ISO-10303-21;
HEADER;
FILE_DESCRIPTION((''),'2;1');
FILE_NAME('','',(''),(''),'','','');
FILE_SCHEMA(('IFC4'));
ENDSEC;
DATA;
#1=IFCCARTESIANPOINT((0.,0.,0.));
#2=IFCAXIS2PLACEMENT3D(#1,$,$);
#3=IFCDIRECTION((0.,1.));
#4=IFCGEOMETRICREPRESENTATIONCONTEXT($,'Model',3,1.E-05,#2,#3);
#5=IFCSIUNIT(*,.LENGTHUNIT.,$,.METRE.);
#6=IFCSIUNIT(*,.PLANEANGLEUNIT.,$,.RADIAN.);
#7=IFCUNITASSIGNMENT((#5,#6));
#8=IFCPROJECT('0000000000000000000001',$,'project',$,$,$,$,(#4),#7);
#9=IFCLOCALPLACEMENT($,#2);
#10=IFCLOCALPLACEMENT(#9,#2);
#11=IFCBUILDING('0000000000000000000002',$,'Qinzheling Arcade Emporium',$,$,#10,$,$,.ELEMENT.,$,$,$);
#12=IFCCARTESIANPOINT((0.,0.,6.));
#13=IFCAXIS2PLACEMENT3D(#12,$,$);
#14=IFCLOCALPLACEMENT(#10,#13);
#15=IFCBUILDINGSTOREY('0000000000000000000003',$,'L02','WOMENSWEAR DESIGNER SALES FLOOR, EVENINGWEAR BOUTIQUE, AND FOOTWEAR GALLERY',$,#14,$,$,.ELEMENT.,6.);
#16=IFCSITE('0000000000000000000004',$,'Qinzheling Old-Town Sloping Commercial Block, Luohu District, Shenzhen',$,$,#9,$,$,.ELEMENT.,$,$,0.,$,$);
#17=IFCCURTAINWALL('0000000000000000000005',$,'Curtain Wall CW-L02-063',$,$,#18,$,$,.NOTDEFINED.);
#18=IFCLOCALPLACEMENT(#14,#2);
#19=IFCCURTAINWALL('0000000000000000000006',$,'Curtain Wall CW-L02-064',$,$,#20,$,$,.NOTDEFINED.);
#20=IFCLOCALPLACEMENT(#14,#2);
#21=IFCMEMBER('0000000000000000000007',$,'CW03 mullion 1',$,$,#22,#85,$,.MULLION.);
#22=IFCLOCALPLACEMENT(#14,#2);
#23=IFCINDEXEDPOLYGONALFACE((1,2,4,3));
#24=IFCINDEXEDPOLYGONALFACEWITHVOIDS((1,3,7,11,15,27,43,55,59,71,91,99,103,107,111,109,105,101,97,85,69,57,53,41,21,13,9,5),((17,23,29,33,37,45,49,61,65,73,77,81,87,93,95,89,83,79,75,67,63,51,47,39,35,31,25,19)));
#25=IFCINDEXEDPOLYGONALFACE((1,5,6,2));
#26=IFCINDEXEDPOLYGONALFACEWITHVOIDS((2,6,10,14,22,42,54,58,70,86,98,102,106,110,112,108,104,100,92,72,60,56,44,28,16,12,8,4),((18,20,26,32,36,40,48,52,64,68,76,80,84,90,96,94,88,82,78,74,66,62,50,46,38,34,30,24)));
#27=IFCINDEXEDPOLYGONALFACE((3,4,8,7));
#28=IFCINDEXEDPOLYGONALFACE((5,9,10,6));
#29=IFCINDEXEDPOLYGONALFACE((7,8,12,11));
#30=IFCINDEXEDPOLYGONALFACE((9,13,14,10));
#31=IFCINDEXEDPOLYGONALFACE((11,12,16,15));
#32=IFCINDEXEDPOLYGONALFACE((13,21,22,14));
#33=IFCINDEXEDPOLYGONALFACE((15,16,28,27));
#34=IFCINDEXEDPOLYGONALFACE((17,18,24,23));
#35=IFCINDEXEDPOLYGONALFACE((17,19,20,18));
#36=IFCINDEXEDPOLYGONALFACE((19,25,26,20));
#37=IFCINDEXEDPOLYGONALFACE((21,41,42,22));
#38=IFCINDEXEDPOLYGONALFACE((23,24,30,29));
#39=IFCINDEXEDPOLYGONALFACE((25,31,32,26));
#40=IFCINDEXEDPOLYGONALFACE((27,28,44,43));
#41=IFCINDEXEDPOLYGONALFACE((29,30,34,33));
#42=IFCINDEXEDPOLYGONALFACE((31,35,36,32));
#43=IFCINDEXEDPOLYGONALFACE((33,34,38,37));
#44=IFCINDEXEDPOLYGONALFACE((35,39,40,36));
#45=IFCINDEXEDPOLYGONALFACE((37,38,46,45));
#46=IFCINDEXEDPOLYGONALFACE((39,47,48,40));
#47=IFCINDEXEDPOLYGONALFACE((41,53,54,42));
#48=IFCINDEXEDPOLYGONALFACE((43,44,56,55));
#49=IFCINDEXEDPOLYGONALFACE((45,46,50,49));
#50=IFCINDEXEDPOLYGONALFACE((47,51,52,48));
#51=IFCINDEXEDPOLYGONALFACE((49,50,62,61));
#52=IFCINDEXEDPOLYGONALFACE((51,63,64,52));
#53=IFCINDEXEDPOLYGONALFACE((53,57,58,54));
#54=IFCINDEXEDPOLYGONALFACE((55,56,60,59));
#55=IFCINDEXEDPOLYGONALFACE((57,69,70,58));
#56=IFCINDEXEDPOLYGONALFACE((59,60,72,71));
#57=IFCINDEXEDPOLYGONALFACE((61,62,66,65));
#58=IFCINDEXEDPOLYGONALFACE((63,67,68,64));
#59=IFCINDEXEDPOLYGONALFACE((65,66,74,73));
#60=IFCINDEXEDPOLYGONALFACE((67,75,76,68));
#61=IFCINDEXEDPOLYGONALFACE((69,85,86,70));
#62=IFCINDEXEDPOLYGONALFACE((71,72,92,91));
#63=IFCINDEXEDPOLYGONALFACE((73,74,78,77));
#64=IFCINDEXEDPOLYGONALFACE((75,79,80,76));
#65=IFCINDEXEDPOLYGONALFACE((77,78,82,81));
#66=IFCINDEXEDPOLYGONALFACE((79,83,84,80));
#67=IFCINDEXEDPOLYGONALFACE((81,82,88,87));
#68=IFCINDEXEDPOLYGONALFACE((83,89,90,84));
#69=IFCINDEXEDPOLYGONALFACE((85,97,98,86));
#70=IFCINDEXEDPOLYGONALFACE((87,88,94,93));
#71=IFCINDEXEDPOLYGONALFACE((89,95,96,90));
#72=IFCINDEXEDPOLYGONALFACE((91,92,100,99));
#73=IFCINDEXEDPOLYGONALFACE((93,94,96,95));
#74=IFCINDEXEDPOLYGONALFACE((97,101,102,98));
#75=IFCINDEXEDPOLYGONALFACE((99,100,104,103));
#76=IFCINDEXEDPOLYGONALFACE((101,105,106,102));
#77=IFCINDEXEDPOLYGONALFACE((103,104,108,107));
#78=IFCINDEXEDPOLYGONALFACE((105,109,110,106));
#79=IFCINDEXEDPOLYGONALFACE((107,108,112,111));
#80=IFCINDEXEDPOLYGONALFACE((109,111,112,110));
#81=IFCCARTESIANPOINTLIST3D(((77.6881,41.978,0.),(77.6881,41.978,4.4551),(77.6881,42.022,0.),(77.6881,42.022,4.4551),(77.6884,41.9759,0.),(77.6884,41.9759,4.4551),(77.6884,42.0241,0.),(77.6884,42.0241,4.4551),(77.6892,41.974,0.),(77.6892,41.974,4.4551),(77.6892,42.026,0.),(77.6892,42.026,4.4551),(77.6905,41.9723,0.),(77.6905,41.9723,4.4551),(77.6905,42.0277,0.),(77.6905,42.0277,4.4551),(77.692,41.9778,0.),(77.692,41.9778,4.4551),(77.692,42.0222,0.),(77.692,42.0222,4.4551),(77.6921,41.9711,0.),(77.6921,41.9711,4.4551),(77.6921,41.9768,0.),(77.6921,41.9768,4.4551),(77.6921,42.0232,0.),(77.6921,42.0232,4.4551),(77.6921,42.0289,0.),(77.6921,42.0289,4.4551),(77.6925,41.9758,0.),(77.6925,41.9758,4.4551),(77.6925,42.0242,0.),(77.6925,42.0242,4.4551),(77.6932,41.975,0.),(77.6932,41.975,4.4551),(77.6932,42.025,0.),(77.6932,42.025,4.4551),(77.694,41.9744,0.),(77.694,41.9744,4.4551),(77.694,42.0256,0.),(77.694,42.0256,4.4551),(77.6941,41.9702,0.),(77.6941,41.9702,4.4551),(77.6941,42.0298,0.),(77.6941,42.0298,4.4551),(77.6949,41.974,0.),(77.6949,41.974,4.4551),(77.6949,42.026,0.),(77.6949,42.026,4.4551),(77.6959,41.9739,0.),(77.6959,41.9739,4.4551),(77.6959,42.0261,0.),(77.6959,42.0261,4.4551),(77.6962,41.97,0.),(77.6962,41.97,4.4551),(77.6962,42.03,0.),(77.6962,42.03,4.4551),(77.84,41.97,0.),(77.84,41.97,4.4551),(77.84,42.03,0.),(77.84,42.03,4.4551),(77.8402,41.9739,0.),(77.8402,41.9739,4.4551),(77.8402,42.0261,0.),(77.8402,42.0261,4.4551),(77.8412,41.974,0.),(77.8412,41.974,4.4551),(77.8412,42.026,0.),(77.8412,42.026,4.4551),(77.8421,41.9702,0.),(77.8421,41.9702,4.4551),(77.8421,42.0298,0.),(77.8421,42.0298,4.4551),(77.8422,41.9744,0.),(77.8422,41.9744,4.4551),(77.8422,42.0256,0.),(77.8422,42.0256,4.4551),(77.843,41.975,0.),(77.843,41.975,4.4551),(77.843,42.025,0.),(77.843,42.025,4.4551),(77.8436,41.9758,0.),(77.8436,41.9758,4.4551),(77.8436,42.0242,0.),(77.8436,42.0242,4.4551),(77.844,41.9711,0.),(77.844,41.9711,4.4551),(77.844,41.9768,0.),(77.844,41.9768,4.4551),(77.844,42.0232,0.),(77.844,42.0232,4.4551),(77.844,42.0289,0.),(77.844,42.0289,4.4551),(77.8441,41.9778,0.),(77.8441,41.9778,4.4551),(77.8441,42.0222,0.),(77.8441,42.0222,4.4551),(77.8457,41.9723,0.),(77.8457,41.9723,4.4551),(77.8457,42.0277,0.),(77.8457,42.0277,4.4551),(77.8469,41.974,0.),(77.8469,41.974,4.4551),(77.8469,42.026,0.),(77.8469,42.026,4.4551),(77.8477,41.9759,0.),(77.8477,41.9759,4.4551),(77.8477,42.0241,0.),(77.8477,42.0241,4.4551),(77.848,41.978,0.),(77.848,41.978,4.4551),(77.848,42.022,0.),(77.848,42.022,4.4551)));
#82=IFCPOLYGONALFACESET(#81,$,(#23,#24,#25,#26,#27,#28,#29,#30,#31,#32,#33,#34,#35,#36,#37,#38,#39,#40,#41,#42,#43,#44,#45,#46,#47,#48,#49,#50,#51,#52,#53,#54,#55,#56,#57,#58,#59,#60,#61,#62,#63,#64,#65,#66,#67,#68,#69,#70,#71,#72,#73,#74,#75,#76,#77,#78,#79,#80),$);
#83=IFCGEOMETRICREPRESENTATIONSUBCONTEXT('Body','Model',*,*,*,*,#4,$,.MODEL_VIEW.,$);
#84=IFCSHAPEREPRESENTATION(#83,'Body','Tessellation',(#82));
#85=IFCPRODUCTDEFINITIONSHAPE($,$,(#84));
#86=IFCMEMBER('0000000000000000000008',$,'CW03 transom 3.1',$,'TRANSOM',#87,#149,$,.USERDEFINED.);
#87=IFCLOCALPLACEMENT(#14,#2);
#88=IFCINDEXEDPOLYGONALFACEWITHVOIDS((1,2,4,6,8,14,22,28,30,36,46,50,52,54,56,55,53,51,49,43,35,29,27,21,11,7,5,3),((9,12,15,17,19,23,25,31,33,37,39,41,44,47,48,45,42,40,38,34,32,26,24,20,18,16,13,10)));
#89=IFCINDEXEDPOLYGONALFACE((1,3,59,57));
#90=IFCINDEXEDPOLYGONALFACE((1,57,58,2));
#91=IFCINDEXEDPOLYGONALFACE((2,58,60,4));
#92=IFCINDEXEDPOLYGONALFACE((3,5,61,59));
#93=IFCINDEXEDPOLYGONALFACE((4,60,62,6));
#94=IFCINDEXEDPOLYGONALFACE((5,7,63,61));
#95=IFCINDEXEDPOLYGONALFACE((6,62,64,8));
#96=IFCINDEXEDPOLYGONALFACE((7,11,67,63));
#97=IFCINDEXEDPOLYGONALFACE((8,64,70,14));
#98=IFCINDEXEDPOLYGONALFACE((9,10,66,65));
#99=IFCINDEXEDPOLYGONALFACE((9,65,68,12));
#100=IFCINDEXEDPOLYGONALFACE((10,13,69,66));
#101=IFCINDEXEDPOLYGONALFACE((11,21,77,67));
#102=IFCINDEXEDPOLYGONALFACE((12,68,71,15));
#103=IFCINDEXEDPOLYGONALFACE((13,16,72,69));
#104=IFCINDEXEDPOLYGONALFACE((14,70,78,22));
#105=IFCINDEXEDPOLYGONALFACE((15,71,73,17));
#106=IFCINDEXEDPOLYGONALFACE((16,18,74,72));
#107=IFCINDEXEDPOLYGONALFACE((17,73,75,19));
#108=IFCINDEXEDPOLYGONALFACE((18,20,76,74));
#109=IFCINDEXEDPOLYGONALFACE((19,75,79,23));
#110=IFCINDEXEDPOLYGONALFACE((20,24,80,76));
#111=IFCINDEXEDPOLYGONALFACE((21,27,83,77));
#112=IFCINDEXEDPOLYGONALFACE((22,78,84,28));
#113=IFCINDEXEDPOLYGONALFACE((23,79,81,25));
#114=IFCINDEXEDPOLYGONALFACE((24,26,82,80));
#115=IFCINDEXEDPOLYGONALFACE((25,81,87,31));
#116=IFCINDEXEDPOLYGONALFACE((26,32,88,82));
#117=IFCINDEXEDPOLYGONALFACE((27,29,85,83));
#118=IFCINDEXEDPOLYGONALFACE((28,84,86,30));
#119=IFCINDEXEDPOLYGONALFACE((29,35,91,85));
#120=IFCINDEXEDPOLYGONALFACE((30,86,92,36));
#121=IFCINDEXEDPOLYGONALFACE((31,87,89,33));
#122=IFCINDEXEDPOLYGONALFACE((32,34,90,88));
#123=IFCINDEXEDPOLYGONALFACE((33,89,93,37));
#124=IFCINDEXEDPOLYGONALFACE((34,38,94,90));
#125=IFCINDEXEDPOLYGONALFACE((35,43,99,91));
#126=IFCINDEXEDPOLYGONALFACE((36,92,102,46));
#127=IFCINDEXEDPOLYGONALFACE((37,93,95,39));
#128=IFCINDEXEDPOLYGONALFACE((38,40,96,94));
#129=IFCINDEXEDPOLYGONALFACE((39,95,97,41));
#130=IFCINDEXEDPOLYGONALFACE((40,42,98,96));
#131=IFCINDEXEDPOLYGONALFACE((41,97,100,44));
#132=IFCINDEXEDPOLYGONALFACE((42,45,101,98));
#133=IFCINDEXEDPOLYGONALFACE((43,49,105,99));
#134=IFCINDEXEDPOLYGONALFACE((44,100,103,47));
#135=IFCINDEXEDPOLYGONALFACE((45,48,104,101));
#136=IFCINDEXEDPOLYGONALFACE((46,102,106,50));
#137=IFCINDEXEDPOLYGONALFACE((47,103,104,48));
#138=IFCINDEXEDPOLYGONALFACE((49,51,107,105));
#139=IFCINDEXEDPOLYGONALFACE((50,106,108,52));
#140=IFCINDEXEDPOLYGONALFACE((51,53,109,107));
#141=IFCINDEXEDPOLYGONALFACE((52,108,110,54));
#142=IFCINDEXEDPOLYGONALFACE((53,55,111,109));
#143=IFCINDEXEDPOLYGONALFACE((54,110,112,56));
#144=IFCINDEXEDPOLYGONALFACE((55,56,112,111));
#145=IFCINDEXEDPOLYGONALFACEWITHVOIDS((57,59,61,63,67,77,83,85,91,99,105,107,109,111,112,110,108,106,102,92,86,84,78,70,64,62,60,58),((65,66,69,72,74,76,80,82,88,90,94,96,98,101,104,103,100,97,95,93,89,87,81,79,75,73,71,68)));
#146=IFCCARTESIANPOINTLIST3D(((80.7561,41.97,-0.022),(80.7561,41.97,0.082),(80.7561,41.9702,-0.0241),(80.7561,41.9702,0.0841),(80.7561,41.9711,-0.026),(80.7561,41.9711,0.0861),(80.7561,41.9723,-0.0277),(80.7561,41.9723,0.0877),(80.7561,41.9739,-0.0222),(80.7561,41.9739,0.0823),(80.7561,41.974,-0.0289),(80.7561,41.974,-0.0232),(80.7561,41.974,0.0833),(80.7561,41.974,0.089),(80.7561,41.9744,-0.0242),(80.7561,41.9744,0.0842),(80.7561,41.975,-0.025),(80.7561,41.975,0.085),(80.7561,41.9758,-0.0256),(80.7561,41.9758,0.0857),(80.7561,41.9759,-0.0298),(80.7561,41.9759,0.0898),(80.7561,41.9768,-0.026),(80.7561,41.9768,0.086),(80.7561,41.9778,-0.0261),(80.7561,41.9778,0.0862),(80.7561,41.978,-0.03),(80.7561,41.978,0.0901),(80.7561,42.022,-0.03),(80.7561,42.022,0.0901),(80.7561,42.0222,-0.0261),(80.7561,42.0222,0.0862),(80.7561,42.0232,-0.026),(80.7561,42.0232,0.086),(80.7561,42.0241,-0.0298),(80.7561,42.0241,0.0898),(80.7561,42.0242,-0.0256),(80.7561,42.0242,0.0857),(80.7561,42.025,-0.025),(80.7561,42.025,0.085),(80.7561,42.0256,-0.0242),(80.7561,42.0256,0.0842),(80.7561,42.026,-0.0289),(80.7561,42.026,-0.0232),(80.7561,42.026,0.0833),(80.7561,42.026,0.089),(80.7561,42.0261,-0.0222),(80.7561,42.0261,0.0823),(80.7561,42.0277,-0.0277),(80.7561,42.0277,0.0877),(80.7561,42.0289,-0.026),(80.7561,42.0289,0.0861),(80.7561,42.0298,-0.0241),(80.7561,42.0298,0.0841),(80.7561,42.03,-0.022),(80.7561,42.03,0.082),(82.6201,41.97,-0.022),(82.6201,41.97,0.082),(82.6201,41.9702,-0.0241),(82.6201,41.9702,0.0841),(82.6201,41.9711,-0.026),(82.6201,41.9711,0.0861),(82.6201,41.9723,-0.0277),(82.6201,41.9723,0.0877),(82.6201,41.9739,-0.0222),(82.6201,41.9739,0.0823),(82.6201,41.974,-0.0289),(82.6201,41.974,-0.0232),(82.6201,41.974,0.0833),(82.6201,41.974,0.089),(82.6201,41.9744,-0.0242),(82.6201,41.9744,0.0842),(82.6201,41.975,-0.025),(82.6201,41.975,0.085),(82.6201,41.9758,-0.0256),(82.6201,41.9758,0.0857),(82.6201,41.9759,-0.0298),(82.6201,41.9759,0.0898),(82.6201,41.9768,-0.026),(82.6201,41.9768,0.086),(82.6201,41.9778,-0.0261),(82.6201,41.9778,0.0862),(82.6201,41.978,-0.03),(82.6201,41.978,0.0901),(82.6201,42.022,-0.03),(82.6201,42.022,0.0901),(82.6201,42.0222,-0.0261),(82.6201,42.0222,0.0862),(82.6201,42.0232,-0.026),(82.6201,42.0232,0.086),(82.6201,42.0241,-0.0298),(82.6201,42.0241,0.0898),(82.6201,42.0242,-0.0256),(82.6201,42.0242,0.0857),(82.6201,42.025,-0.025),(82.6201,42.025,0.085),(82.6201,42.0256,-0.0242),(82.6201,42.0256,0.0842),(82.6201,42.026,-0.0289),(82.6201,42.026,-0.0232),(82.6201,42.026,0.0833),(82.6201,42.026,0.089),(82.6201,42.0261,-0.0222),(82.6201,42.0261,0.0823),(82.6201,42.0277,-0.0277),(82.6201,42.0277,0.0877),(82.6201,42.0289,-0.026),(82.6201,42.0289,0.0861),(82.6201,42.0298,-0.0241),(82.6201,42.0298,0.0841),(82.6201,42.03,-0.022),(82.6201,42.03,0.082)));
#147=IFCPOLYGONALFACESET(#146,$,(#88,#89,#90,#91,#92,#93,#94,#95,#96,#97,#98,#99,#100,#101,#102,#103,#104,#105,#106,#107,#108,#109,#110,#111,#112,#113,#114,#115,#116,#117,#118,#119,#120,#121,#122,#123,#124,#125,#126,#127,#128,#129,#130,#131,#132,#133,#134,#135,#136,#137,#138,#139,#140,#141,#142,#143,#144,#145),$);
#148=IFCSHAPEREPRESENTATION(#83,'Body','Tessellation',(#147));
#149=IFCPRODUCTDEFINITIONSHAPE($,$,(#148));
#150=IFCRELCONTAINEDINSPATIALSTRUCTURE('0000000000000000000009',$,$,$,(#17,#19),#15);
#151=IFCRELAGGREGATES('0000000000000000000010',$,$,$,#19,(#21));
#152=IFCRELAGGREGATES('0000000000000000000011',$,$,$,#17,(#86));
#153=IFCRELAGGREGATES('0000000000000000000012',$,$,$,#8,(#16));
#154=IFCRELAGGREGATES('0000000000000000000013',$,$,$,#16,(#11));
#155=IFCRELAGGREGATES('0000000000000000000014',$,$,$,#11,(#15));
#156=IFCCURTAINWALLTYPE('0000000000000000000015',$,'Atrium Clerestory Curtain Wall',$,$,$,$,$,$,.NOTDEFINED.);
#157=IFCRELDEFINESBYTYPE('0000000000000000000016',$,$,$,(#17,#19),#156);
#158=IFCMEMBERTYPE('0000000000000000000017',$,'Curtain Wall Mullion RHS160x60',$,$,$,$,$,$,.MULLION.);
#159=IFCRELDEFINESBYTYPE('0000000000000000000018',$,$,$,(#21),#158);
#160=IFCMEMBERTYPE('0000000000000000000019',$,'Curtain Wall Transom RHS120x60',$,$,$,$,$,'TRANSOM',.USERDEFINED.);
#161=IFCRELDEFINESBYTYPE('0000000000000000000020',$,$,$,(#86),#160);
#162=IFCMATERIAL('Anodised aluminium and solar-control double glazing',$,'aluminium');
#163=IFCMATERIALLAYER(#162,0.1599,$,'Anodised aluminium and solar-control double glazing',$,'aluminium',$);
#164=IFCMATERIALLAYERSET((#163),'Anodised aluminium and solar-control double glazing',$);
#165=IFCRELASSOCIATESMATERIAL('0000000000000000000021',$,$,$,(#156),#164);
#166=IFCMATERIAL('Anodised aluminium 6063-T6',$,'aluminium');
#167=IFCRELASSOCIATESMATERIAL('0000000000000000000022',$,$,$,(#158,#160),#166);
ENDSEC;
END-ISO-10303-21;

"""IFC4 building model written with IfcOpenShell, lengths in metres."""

from ifc_helpers import new_model, si_unit, direction, frame, origin, origin_2d, place, context, subcontext, project, spatial, hollow_rectangle, extrude, material, layer, layer_set, material_profile, profile_set, type_object, element, aggregate, save


model = new_model("IFC4")

# Units and contexts
model_context = context("Model", 3, precision=1e-05, world=origin(), true_north=direction((0.0, 1.0)))
body_context = subcontext(model_context, "Body", "Model", "MODEL_VIEW")
ifc_project = project(units=[si_unit("LENGTHUNIT", "METRE"), si_unit("PLANEANGLEUNIT", "RADIAN")], contexts=[model_context])

# Site, building, storey
site_placement = place(None, origin())
site = spatial("IfcSite", under=ifc_project, at=site_placement, Name="Qinzheling Old-Town Sloping Commercial Block, Luohu District, Shenzhen", CompositionType="ELEMENT", RefElevation=0.0)
building_placement = place(site_placement, origin())
building = spatial("IfcBuilding", under=site, at=building_placement, Name="Qinzheling Arcade Emporium", CompositionType="ELEMENT")
storey_placement = place(building_placement, frame((0.0, 0.0, 6.0)))
storey = spatial("IfcBuildingStorey", under=building, at=storey_placement, Name="L02", Description="WOMENSWEAR DESIGNER SALES FLOOR, EVENINGWEAR BOUTIQUE, AND FOOTWEAR GALLERY", CompositionType="ELEMENT", Elevation=6.0)

# Curtain wall
ifc_material_1 = material(Name="Anodised aluminium and solar-control double glazing", Category="aluminium")
ifc_layer_1 = layer(ifc_material_1, 0.1599, Name="Anodised aluminium and solar-control double glazing", Category="aluminium")
ifc_layer_set_1 = layer_set([ifc_layer_1], Name="Anodised aluminium and solar-control double glazing")
curtain_wall_type = type_object("IfcCurtainWallType", Name="Atrium Clerestory Curtain Wall", PredefinedType="NOTDEFINED", material=ifc_layer_set_1)
curtain_wall_1_placement = place(storey_placement, origin())
curtain_wall_1 = element("IfcCurtainWall", 1, at=curtain_wall_1_placement, inside=storey, type_object=curtain_wall_type, Name="Curtain Wall CW-L02-063", PredefinedType="NOTDEFINED")
ifc_material_2 = material(Name="Anodised aluminium 6063-T6", Category="aluminium")
ifc_material_profile_1 = material_profile(ifc_material_2, hollow_rectangle(XDim=0.0601, YDim=0.1599, WallThickness=0.0039, InnerFilletRadius=0.0039, OuterFilletRadius=0.0081, at=origin_2d()), Name="RHS 160x60x4", Category="aluminium")
ifc_profile_set_1 = profile_set([ifc_material_profile_1], Name="Anodised aluminium 6063-T6")
member_type_1 = type_object("IfcMemberType", Name="Curtain Wall Mullion RHS160x60", PredefinedType="MULLION", material=ifc_profile_set_1)

# Curtain wall, member
curtain_wall_2_placement = place(storey_placement, origin())
curtain_wall_2 = element("IfcCurtainWall", 2, at=curtain_wall_2_placement, inside=storey, type_object=curtain_wall_type, Name="Curtain Wall CW-L02-064", PredefinedType="NOTDEFINED")
member_1_placement = place(storey_placement, frame((77.7681, 42.0, 0.0), z_axis=(0.0, 0.0, 1.0), x_axis=(0.0, -1.0, 0.0)))
member_1 = element("IfcMember", 3, at=member_1_placement, type_object=member_type_1, Name="CW03 mullion 1", PredefinedType="MULLION", context=body_context, shape_type="SweptSolid", body=[
    extrude(hollow_rectangle(XDim=0.0601, YDim=0.1599, WallThickness=0.0039, InnerFilletRadius=0.0039, OuterFilletRadius=0.0081, at=origin_2d()), origin(), (0.0, 0.0, 1.0), 4.4551),
])

# Member
ifc_material_profile_2 = material_profile(ifc_material_2, hollow_rectangle(XDim=0.0601, YDim=0.1201, WallThickness=0.0039, InnerFilletRadius=0.0039, OuterFilletRadius=0.0081, at=origin_2d()), Name="RHS 120x60x4", Category="aluminium")
ifc_profile_set_2 = profile_set([ifc_material_profile_2], Name="Anodised aluminium 6063-T6")
member_type_2 = type_object("IfcMemberType", Name="Curtain Wall Transom RHS120x60", ElementType="TRANSOM", PredefinedType="USERDEFINED", material=ifc_profile_set_2)
member_2_placement = place(storey_placement, frame((82.6201, 42.0, 0.03), z_axis=(-1.0, 0.0, 0.0), x_axis=(0.0, -1.0, 0.0)))
member_2 = element("IfcMember", 4, at=member_2_placement, type_object=member_type_2, Name="CW03 transom 3.1", ObjectType="TRANSOM", PredefinedType="USERDEFINED", context=body_context, shape_type="SweptSolid", body=[
    extrude(hollow_rectangle(XDim=0.0601, YDim=0.1201, WallThickness=0.0039, InnerFilletRadius=0.0039, OuterFilletRadius=0.0081, at=origin_2d()), origin(), (0.0, 0.0, 1.0), 1.864),
])
aggregate(curtain_wall_2, [member_1])

aggregate(curtain_wall_1, [member_2])

save(model, "model.ifc")
